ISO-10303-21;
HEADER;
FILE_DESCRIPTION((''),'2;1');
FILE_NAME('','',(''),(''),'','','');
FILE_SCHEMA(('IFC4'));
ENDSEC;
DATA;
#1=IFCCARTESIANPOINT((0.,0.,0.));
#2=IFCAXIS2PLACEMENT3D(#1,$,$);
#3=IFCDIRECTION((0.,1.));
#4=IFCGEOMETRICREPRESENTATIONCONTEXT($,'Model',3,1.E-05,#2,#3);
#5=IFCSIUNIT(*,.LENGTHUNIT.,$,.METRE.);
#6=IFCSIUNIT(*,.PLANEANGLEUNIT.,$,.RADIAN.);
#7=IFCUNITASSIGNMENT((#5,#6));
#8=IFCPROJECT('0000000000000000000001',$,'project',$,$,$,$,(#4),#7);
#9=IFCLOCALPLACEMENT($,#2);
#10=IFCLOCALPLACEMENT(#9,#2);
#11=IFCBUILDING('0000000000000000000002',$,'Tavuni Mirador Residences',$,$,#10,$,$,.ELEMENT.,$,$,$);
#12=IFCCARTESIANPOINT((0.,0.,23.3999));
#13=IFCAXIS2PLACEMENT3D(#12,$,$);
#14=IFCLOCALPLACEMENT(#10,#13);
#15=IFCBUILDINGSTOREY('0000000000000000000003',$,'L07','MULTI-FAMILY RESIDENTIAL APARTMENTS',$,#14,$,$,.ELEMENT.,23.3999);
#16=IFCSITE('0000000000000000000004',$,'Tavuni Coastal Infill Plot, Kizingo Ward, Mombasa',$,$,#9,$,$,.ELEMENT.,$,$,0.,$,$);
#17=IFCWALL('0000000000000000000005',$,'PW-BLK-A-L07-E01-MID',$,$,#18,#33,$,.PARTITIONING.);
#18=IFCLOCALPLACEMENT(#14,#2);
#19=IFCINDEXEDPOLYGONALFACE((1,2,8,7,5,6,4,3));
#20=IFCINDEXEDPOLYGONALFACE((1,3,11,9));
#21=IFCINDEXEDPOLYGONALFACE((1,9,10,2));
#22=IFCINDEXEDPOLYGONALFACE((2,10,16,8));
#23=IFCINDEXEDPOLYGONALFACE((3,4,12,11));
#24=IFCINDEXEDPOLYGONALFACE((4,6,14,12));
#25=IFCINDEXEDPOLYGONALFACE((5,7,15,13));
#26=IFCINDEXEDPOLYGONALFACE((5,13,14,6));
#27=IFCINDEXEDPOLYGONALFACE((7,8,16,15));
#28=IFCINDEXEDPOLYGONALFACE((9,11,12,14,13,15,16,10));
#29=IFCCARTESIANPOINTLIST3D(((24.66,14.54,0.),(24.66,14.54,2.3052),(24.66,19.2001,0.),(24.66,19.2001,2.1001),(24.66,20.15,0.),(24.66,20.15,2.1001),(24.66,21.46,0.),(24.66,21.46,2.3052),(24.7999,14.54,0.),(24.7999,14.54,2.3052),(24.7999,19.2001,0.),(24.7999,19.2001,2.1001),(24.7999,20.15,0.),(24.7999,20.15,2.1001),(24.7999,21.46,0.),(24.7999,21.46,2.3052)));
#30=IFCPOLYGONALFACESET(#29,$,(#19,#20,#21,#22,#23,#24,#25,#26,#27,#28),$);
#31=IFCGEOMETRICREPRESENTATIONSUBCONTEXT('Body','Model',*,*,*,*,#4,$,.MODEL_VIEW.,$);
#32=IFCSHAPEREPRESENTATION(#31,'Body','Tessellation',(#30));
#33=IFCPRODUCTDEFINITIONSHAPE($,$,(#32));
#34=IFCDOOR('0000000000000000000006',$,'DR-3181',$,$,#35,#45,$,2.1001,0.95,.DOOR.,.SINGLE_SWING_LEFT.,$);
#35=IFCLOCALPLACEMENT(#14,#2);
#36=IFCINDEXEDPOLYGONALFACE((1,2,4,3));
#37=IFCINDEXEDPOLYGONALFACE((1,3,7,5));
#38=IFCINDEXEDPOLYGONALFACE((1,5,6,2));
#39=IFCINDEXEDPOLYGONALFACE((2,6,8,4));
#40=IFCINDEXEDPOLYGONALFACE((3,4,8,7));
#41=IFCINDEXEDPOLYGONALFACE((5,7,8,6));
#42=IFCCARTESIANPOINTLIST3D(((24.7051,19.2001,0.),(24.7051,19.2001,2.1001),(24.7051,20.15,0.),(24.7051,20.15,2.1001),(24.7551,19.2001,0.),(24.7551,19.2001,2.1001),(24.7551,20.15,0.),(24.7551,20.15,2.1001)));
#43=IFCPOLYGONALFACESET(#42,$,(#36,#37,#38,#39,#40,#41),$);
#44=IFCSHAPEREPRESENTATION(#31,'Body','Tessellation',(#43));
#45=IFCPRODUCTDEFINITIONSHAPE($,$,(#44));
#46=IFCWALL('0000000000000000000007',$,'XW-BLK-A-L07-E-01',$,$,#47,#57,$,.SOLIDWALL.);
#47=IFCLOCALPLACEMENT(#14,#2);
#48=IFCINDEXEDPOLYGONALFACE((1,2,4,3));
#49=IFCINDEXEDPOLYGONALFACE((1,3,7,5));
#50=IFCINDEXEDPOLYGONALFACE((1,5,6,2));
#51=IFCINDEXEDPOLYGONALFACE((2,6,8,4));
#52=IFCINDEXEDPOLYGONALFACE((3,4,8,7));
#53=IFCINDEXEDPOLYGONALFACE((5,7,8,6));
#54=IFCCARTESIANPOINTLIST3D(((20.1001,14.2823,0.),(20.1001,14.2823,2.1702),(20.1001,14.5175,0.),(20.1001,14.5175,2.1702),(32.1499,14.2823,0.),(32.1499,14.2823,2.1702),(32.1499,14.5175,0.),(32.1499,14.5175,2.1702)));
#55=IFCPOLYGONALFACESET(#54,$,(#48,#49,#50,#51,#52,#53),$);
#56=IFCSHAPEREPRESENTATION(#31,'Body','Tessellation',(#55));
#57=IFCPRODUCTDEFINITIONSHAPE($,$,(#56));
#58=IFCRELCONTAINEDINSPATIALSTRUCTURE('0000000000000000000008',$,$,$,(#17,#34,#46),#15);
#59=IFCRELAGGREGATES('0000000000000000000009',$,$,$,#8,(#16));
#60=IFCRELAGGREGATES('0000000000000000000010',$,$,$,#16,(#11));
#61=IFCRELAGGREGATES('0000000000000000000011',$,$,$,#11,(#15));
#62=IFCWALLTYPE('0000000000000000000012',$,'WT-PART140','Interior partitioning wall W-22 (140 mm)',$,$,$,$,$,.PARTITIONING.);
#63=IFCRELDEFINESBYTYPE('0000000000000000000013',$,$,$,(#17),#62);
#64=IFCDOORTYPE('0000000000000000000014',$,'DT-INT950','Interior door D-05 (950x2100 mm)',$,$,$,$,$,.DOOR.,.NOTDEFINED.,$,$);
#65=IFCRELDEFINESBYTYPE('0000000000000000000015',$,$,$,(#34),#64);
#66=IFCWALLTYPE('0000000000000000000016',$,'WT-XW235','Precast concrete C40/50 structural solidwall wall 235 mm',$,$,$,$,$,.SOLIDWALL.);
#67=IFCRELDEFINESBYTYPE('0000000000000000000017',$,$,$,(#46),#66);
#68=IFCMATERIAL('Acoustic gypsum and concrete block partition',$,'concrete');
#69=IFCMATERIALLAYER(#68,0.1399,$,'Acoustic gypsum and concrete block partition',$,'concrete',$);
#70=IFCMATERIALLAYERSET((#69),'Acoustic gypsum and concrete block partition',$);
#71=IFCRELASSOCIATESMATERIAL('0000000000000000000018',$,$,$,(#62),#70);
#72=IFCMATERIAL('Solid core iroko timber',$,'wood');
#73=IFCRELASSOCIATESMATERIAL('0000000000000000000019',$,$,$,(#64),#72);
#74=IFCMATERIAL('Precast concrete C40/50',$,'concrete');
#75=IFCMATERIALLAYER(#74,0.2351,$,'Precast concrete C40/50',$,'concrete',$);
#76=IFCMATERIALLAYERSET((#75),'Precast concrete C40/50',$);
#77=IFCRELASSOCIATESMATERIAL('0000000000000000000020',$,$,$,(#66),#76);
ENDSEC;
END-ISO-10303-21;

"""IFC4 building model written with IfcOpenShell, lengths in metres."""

from ifc_helpers import new_model, si_unit, direction, frame, frame_2d, origin, place, context, subcontext, project, spatial, rectangle, extrude, material, layer, layer_set, type_object, element, fill, save


model = new_model("IFC4")

# Units and contexts
model_context = context("Model", 3, precision=1e-05, world=origin(), true_north=direction((0.0, 1.0)))
body_context = subcontext(model_context, "Body", "Model", "MODEL_VIEW")
ifc_project = project(units=[si_unit("LENGTHUNIT", "METRE"), si_unit("PLANEANGLEUNIT", "RADIAN")], contexts=[model_context])

# Site, building, storey
site_placement = place(None, origin())
site = spatial("IfcSite", under=ifc_project, at=site_placement, Name="Tavuni Coastal Infill Plot, Kizingo Ward, Mombasa", CompositionType="ELEMENT", RefElevation=0.0)
building_placement = place(site_placement, origin())
building = spatial("IfcBuilding", under=site, at=building_placement, Name="Tavuni Mirador Residences", CompositionType="ELEMENT")
storey_placement = place(building_placement, frame((0.0, 0.0, 23.3999)))
storey = spatial("IfcBuildingStorey", under=building, at=storey_placement, Name="L07", Description="MULTI-FAMILY RESIDENTIAL APARTMENTS", CompositionType="ELEMENT", Elevation=23.3999)

# Shared definitions
ifc_material_1 = material(Name="Precast concrete C40/50", Category="concrete")

# Wall, opening, door
ifc_material_2 = material(Name="Solid core iroko timber", Category="wood")
ifc_material_3 = material(Name="Acoustic gypsum and concrete block partition", Category="concrete")
ifc_layer_1 = layer(ifc_material_3, 0.1399, Name="Acoustic gypsum and concrete block partition", Category="concrete")
ifc_layer_set_1 = layer_set([ifc_layer_1], Name="Acoustic gypsum and concrete block partition")
wall_type_1 = type_object("IfcWallType", Name="WT-PART140", Description="Interior partitioning wall W-22 (140 mm)", PredefinedType="PARTITIONING", material=ifc_layer_set_1)
wall_1_placement = place(storey_placement, frame((24.73, 14.54, 0.0), z_axis=(0.0, 0.0, 1.0), x_axis=(0.0, 1.0, 0.0)))
wall_1 = element("IfcWall", 1, at=wall_1_placement, inside=storey, type_object=wall_type_1, Name="PW-BLK-A-L07-E01-MID", PredefinedType="PARTITIONING", context=body_context, shape_type="SweptSolid", body=[
    extrude(rectangle(XDim=6.9199, YDim=0.1399, at=frame_2d((3.46, 0.0))), origin(), (0.0, 0.0, 1.0), 2.3052),
])
opening_1_placement = place(wall_1_placement, frame((4.6599, 0.0, 0.0)))
opening_1 = element("IfcOpeningElement", 2, at=opening_1_placement, cuts=wall_1, PredefinedType="OPENING", context=body_context, shape_type="SweptSolid", body=[
    extrude(rectangle(XDim=0.95, YDim=2.1001, at=frame_2d((0.4751, 1.05))), frame((0.0, 0.0801, 0.0), z_axis=(0.0, -1.0, 0.0), x_axis=(1.0, 0.0, 0.0)), (0.0, 0.0, 1.0), 0.1599),
])
door_type_1 = type_object("IfcDoorType", Name="DT-INT950", Description="Interior door D-05 (950x2100 mm)", OperationType="NOTDEFINED", PredefinedType="DOOR", material=ifc_material_2)
door_1_placement = place(opening_1_placement, origin())
door_1 = element("IfcDoor", 3, at=door_1_placement, inside=storey, type_object=door_type_1, Name="DR-3181", OperationType="SINGLE_SWING_LEFT", OverallHeight=2.1001, OverallWidth=0.95, PredefinedType="DOOR", context=body_context, shape_type="SweptSolid", body=[
    extrude(rectangle(XDim=0.95, YDim=2.1001, at=frame_2d((0.4751, 1.05))), frame((0.0, 0.0249, 0.0), z_axis=(0.0, -1.0, 0.0), x_axis=(1.0, 0.0, 0.0)), (0.0, 0.0, 1.0), 0.05),
])
fill(opening_1, door_1)

# Wall
ifc_layer_2 = layer(ifc_material_1, 0.2351, Name="Precast concrete C40/50", Category="concrete")
ifc_layer_set_2 = layer_set([ifc_layer_2], Name="Precast concrete C40/50")
wall_type_2 = type_object("IfcWallType", Name="WT-XW235", Description="Precast concrete C40/50 structural solidwall wall 235 mm", PredefinedType="SOLIDWALL", material=ifc_layer_set_2)
wall_2_placement = place(storey_placement, frame((20.1001, 14.3999, 0.0), z_axis=(0.0, 0.0, 1.0), x_axis=(1.0, 0.0, 0.0)))
element("IfcWall", 4, at=wall_2_placement, inside=storey, type_object=wall_type_2, Name="XW-BLK-A-L07-E-01", PredefinedType="SOLIDWALL", context=body_context, shape_type="SweptSolid", body=[
    extrude(rectangle(XDim=12.0498, YDim=0.2351, at=frame_2d((6.0249, 0.0))), origin(), (0.0, 0.0, 1.0), 2.1702),
])

save(model, "model.ifc")
